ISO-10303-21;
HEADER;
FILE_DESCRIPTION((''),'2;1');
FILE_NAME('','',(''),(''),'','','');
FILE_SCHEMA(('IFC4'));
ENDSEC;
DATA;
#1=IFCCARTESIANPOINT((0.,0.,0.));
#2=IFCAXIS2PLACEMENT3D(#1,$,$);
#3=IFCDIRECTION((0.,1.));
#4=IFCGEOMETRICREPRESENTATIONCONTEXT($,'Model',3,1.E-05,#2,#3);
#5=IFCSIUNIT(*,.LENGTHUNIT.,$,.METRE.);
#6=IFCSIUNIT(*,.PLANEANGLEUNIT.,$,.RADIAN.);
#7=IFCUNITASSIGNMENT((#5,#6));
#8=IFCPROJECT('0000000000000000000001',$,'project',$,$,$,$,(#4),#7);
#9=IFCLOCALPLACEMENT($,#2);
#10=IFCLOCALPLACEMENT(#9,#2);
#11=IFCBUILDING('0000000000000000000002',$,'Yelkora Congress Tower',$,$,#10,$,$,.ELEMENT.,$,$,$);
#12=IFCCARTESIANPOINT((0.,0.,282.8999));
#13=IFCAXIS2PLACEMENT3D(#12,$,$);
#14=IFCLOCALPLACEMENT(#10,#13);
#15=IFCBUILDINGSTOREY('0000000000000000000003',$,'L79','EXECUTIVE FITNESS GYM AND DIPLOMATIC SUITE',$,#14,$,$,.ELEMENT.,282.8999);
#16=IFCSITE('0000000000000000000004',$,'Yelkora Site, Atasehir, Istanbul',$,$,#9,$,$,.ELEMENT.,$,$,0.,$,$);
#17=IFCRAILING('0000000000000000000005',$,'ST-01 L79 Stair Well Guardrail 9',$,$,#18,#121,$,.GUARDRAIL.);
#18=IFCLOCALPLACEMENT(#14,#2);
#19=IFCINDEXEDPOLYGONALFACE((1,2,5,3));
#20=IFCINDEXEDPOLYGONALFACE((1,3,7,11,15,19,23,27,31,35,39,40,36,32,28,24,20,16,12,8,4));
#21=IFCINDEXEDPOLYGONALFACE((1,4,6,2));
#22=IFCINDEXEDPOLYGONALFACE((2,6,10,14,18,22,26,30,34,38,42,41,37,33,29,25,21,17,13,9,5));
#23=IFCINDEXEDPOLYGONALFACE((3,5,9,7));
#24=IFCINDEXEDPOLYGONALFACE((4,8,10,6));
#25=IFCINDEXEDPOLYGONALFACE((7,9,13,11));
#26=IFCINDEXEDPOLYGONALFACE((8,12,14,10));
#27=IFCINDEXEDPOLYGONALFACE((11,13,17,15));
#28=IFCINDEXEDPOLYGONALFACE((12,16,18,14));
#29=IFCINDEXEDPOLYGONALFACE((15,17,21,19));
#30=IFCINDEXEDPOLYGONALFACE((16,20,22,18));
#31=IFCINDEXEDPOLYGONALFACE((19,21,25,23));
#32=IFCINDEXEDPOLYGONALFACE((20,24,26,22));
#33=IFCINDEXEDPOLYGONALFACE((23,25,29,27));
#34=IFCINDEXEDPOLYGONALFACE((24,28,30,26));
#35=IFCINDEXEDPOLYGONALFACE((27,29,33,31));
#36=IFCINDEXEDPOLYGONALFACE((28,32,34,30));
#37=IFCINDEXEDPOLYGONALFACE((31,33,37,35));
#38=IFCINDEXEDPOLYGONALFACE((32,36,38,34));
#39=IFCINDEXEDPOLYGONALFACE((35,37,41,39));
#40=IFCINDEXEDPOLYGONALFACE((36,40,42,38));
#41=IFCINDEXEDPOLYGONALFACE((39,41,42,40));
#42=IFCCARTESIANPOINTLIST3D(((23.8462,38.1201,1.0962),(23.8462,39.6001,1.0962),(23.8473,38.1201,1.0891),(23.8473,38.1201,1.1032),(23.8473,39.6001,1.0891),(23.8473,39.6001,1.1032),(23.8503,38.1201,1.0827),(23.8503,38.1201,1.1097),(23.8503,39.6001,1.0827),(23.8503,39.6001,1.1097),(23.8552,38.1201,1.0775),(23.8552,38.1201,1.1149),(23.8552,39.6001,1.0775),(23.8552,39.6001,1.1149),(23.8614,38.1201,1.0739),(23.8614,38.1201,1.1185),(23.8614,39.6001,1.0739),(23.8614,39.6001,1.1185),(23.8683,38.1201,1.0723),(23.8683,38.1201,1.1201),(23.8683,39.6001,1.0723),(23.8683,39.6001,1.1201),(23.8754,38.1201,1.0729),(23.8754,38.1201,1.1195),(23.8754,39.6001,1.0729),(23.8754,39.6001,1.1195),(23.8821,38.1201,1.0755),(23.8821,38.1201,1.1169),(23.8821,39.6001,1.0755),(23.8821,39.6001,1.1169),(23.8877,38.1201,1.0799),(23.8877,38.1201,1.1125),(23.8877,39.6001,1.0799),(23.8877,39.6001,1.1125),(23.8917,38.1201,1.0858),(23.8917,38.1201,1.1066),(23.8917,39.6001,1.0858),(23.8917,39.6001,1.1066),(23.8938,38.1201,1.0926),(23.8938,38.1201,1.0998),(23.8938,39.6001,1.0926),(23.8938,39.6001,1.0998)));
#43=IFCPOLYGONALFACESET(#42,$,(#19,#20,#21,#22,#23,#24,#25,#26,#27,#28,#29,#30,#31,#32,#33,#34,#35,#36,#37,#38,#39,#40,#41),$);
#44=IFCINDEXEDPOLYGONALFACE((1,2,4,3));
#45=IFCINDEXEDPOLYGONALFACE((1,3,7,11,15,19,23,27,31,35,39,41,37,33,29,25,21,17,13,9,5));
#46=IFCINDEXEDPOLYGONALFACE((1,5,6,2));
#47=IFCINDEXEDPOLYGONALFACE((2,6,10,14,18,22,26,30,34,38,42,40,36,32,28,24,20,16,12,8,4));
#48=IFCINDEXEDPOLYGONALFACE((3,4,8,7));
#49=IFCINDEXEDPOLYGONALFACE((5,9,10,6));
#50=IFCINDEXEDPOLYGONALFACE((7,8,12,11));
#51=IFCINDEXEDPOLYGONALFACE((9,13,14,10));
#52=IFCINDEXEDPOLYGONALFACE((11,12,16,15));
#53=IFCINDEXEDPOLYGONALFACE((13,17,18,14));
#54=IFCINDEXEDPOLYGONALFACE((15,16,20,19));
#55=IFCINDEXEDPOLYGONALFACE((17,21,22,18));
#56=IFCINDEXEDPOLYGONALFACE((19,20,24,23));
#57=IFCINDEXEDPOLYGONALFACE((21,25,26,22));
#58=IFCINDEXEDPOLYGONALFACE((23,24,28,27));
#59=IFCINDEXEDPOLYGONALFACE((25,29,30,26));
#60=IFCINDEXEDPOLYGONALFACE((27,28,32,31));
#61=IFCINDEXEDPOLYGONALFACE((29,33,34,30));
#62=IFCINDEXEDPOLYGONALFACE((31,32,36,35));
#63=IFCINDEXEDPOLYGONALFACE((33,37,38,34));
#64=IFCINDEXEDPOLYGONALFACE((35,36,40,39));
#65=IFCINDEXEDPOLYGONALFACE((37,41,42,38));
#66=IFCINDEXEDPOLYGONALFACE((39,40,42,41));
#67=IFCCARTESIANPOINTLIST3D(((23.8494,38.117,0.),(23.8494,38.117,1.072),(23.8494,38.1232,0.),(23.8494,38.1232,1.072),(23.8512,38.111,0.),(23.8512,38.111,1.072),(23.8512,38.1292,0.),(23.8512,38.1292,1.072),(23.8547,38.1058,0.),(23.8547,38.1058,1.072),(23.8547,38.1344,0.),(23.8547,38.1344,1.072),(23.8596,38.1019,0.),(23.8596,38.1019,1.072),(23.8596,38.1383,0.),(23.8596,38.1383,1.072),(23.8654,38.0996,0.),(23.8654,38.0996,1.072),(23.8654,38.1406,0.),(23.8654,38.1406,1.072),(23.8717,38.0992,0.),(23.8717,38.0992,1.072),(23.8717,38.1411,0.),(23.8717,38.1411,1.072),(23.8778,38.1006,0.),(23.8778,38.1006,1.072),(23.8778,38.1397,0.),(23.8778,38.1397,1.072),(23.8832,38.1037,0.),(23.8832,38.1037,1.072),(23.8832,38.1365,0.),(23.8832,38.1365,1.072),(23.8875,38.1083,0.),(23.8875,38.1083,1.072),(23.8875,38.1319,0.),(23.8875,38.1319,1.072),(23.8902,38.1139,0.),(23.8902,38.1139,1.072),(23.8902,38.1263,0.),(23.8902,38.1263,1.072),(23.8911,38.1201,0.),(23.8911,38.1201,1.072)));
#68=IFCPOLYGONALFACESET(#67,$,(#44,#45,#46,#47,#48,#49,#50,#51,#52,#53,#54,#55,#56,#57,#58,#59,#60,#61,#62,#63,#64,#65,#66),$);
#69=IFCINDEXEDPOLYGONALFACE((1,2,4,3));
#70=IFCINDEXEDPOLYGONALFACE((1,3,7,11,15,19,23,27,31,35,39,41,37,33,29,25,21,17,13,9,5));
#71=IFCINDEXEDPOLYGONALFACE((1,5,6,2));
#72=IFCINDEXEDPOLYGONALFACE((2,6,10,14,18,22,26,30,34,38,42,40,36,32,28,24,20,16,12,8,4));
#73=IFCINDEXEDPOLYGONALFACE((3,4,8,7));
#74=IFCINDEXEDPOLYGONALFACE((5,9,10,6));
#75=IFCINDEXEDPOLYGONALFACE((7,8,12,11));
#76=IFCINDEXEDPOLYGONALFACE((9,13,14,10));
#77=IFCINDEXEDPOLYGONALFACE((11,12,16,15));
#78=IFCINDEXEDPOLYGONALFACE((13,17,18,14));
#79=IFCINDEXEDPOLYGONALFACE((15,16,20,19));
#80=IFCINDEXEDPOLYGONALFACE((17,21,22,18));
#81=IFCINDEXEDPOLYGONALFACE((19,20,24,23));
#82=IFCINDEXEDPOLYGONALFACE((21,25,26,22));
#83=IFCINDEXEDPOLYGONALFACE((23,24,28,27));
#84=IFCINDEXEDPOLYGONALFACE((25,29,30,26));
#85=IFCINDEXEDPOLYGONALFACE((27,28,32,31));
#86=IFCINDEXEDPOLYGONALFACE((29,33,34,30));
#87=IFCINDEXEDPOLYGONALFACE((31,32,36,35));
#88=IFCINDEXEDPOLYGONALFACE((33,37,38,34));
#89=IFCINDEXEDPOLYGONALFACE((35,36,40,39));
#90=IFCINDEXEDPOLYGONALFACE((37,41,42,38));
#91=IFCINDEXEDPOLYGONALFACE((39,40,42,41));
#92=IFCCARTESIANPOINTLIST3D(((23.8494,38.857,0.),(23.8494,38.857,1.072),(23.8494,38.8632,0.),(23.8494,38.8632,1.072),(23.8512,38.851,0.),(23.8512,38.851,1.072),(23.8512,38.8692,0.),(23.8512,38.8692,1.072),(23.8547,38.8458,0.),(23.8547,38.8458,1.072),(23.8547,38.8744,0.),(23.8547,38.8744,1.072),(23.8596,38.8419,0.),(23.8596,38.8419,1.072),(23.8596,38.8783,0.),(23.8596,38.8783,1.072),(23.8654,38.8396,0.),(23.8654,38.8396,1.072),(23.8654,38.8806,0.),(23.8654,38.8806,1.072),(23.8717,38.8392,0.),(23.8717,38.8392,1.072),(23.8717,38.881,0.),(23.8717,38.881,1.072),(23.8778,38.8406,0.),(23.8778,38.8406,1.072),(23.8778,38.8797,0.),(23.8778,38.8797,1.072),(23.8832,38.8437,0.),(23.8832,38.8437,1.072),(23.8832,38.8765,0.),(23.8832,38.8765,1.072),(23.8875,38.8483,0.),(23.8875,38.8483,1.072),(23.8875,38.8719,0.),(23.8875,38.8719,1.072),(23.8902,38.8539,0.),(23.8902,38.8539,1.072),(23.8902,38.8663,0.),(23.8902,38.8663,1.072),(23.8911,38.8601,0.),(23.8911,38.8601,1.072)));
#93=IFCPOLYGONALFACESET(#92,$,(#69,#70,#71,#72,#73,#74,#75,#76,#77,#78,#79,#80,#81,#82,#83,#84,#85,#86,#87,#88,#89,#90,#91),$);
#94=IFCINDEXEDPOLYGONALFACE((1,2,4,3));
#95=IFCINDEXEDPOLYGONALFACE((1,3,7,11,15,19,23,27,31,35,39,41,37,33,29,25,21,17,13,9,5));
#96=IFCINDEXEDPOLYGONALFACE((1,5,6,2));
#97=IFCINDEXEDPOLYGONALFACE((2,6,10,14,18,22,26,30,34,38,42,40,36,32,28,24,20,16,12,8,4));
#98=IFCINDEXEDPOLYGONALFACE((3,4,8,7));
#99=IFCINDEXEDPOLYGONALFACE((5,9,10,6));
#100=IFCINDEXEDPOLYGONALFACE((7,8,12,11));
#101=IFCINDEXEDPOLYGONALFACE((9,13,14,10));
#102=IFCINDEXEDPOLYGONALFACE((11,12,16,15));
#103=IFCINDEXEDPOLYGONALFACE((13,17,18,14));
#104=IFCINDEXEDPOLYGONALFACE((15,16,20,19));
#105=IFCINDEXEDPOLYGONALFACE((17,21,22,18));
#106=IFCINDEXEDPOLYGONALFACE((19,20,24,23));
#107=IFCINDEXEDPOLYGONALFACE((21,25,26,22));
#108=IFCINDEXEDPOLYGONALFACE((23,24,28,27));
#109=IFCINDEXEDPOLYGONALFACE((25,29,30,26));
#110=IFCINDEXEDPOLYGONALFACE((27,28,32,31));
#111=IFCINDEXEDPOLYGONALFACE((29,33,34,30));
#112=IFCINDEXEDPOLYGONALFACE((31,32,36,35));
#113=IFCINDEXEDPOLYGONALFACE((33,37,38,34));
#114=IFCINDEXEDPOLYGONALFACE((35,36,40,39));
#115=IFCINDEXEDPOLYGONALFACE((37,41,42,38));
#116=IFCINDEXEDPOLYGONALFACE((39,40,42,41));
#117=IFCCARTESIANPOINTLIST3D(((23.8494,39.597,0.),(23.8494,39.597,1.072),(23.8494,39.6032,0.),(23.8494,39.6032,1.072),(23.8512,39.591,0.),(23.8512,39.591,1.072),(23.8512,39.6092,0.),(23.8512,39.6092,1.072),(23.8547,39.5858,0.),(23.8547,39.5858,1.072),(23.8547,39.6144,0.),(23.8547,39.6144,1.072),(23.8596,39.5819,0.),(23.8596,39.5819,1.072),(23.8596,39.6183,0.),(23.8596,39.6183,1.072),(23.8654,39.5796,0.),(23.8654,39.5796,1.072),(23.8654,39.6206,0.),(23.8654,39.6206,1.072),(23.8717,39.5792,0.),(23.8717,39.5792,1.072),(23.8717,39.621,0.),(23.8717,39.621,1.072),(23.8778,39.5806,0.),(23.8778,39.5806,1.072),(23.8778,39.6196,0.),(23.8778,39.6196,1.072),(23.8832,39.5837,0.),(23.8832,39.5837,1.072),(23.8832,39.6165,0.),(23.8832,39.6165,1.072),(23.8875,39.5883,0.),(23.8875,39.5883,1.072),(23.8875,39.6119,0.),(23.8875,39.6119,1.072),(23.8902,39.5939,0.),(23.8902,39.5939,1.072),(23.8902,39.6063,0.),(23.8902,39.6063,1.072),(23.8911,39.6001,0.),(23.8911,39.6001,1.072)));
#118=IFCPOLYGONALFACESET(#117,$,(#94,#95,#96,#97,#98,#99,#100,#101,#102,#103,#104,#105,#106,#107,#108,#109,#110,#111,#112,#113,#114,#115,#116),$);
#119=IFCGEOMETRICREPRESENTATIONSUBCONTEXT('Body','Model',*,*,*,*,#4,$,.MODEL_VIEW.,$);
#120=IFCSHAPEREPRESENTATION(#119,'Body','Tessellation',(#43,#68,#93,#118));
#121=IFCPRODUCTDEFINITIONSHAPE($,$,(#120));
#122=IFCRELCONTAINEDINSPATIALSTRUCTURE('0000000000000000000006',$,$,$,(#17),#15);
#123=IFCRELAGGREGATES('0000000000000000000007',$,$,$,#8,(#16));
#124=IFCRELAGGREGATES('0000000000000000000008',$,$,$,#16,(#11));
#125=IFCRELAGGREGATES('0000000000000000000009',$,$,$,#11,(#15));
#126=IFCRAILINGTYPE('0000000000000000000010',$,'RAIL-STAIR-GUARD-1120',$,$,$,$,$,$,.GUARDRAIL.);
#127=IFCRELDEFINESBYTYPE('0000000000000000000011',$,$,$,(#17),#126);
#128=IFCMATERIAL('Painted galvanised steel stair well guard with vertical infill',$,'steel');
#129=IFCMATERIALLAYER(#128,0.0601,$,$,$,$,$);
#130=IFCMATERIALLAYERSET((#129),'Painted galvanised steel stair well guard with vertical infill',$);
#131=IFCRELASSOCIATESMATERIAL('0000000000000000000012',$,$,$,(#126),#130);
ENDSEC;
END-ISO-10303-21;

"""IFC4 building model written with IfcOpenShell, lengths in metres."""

from ifc_helpers import new_model, si_unit, direction, frame, origin, origin_2d, place, context, subcontext, project, spatial, circle, extrude, material, layer, layer_set, type_object, element, save


model = new_model("IFC4")

# Units and contexts
model_context = context("Model", 3, precision=1e-05, world=origin(), true_north=direction((0.0, 1.0)))
body_context = subcontext(model_context, "Body", "Model", "MODEL_VIEW")
ifc_project = project(units=[si_unit("LENGTHUNIT", "METRE"), si_unit("PLANEANGLEUNIT", "RADIAN")], contexts=[model_context])

# Site, building, storey
site_placement = place(None, origin())
site = spatial("IfcSite", under=ifc_project, at=site_placement, Name="Yelkora Site, Atasehir, Istanbul", CompositionType="ELEMENT", RefElevation=0.0)
building_placement = place(site_placement, origin())
building = spatial("IfcBuilding", under=site, at=building_placement, Name="Yelkora Congress Tower", CompositionType="ELEMENT")
storey_placement = place(building_placement, frame((0.0, 0.0, 282.8999)))
storey = spatial("IfcBuildingStorey", under=building, at=storey_placement, Name="L79", Description="EXECUTIVE FITNESS GYM AND DIPLOMATIC SUITE", CompositionType="ELEMENT", Elevation=282.8999)

# Railing
ifc_material_1 = material(Name="Painted galvanised steel stair well guard with vertical infill", Category="steel")
ifc_layer_1 = layer(ifc_material_1, 0.0601)
ifc_layer_set_1 = layer_set([ifc_layer_1], Name="Painted galvanised steel stair well guard with vertical infill")
railing_type_1 = type_object("IfcRailingType", Name="RAIL-STAIR-GUARD-1120", PredefinedType="GUARDRAIL", material=ifc_layer_set_1)
for number, where, name in (
    (1, (23.8701, 38.1201, 0.0), "ST-01 L79 Stair Well Guardrail 9"),
):
    element("IfcRailing", number, at=place(storey_placement, frame(where)), inside=storey, type_object=railing_type_1, Name=name, PredefinedType="GUARDRAIL", context=body_context, shape_type="SweptSolid", body=[
        extrude(circle(Radius=0.0239, at=origin_2d()), frame((0.0, 0.0, 1.0962), z_axis=(0.0, 1.0, 0.0), x_axis=(-1.0, 0.0, 0.0)), (0.0, 0.0, 1.0), 1.48),
        extrude(circle(Radius=0.021, at=origin_2d()), origin(), (0.0, 0.0, 1.0), 1.072),
        extrude(circle(Radius=0.021, at=origin_2d()), frame((0.0, 0.74, 0.0)), (0.0, 0.0, 1.0), 1.072),
        extrude(circle(Radius=0.021, at=origin_2d()), frame((0.0, 1.48, 0.0)), (0.0, 0.0, 1.0), 1.072),
    ])

save(model, "model.ifc")
